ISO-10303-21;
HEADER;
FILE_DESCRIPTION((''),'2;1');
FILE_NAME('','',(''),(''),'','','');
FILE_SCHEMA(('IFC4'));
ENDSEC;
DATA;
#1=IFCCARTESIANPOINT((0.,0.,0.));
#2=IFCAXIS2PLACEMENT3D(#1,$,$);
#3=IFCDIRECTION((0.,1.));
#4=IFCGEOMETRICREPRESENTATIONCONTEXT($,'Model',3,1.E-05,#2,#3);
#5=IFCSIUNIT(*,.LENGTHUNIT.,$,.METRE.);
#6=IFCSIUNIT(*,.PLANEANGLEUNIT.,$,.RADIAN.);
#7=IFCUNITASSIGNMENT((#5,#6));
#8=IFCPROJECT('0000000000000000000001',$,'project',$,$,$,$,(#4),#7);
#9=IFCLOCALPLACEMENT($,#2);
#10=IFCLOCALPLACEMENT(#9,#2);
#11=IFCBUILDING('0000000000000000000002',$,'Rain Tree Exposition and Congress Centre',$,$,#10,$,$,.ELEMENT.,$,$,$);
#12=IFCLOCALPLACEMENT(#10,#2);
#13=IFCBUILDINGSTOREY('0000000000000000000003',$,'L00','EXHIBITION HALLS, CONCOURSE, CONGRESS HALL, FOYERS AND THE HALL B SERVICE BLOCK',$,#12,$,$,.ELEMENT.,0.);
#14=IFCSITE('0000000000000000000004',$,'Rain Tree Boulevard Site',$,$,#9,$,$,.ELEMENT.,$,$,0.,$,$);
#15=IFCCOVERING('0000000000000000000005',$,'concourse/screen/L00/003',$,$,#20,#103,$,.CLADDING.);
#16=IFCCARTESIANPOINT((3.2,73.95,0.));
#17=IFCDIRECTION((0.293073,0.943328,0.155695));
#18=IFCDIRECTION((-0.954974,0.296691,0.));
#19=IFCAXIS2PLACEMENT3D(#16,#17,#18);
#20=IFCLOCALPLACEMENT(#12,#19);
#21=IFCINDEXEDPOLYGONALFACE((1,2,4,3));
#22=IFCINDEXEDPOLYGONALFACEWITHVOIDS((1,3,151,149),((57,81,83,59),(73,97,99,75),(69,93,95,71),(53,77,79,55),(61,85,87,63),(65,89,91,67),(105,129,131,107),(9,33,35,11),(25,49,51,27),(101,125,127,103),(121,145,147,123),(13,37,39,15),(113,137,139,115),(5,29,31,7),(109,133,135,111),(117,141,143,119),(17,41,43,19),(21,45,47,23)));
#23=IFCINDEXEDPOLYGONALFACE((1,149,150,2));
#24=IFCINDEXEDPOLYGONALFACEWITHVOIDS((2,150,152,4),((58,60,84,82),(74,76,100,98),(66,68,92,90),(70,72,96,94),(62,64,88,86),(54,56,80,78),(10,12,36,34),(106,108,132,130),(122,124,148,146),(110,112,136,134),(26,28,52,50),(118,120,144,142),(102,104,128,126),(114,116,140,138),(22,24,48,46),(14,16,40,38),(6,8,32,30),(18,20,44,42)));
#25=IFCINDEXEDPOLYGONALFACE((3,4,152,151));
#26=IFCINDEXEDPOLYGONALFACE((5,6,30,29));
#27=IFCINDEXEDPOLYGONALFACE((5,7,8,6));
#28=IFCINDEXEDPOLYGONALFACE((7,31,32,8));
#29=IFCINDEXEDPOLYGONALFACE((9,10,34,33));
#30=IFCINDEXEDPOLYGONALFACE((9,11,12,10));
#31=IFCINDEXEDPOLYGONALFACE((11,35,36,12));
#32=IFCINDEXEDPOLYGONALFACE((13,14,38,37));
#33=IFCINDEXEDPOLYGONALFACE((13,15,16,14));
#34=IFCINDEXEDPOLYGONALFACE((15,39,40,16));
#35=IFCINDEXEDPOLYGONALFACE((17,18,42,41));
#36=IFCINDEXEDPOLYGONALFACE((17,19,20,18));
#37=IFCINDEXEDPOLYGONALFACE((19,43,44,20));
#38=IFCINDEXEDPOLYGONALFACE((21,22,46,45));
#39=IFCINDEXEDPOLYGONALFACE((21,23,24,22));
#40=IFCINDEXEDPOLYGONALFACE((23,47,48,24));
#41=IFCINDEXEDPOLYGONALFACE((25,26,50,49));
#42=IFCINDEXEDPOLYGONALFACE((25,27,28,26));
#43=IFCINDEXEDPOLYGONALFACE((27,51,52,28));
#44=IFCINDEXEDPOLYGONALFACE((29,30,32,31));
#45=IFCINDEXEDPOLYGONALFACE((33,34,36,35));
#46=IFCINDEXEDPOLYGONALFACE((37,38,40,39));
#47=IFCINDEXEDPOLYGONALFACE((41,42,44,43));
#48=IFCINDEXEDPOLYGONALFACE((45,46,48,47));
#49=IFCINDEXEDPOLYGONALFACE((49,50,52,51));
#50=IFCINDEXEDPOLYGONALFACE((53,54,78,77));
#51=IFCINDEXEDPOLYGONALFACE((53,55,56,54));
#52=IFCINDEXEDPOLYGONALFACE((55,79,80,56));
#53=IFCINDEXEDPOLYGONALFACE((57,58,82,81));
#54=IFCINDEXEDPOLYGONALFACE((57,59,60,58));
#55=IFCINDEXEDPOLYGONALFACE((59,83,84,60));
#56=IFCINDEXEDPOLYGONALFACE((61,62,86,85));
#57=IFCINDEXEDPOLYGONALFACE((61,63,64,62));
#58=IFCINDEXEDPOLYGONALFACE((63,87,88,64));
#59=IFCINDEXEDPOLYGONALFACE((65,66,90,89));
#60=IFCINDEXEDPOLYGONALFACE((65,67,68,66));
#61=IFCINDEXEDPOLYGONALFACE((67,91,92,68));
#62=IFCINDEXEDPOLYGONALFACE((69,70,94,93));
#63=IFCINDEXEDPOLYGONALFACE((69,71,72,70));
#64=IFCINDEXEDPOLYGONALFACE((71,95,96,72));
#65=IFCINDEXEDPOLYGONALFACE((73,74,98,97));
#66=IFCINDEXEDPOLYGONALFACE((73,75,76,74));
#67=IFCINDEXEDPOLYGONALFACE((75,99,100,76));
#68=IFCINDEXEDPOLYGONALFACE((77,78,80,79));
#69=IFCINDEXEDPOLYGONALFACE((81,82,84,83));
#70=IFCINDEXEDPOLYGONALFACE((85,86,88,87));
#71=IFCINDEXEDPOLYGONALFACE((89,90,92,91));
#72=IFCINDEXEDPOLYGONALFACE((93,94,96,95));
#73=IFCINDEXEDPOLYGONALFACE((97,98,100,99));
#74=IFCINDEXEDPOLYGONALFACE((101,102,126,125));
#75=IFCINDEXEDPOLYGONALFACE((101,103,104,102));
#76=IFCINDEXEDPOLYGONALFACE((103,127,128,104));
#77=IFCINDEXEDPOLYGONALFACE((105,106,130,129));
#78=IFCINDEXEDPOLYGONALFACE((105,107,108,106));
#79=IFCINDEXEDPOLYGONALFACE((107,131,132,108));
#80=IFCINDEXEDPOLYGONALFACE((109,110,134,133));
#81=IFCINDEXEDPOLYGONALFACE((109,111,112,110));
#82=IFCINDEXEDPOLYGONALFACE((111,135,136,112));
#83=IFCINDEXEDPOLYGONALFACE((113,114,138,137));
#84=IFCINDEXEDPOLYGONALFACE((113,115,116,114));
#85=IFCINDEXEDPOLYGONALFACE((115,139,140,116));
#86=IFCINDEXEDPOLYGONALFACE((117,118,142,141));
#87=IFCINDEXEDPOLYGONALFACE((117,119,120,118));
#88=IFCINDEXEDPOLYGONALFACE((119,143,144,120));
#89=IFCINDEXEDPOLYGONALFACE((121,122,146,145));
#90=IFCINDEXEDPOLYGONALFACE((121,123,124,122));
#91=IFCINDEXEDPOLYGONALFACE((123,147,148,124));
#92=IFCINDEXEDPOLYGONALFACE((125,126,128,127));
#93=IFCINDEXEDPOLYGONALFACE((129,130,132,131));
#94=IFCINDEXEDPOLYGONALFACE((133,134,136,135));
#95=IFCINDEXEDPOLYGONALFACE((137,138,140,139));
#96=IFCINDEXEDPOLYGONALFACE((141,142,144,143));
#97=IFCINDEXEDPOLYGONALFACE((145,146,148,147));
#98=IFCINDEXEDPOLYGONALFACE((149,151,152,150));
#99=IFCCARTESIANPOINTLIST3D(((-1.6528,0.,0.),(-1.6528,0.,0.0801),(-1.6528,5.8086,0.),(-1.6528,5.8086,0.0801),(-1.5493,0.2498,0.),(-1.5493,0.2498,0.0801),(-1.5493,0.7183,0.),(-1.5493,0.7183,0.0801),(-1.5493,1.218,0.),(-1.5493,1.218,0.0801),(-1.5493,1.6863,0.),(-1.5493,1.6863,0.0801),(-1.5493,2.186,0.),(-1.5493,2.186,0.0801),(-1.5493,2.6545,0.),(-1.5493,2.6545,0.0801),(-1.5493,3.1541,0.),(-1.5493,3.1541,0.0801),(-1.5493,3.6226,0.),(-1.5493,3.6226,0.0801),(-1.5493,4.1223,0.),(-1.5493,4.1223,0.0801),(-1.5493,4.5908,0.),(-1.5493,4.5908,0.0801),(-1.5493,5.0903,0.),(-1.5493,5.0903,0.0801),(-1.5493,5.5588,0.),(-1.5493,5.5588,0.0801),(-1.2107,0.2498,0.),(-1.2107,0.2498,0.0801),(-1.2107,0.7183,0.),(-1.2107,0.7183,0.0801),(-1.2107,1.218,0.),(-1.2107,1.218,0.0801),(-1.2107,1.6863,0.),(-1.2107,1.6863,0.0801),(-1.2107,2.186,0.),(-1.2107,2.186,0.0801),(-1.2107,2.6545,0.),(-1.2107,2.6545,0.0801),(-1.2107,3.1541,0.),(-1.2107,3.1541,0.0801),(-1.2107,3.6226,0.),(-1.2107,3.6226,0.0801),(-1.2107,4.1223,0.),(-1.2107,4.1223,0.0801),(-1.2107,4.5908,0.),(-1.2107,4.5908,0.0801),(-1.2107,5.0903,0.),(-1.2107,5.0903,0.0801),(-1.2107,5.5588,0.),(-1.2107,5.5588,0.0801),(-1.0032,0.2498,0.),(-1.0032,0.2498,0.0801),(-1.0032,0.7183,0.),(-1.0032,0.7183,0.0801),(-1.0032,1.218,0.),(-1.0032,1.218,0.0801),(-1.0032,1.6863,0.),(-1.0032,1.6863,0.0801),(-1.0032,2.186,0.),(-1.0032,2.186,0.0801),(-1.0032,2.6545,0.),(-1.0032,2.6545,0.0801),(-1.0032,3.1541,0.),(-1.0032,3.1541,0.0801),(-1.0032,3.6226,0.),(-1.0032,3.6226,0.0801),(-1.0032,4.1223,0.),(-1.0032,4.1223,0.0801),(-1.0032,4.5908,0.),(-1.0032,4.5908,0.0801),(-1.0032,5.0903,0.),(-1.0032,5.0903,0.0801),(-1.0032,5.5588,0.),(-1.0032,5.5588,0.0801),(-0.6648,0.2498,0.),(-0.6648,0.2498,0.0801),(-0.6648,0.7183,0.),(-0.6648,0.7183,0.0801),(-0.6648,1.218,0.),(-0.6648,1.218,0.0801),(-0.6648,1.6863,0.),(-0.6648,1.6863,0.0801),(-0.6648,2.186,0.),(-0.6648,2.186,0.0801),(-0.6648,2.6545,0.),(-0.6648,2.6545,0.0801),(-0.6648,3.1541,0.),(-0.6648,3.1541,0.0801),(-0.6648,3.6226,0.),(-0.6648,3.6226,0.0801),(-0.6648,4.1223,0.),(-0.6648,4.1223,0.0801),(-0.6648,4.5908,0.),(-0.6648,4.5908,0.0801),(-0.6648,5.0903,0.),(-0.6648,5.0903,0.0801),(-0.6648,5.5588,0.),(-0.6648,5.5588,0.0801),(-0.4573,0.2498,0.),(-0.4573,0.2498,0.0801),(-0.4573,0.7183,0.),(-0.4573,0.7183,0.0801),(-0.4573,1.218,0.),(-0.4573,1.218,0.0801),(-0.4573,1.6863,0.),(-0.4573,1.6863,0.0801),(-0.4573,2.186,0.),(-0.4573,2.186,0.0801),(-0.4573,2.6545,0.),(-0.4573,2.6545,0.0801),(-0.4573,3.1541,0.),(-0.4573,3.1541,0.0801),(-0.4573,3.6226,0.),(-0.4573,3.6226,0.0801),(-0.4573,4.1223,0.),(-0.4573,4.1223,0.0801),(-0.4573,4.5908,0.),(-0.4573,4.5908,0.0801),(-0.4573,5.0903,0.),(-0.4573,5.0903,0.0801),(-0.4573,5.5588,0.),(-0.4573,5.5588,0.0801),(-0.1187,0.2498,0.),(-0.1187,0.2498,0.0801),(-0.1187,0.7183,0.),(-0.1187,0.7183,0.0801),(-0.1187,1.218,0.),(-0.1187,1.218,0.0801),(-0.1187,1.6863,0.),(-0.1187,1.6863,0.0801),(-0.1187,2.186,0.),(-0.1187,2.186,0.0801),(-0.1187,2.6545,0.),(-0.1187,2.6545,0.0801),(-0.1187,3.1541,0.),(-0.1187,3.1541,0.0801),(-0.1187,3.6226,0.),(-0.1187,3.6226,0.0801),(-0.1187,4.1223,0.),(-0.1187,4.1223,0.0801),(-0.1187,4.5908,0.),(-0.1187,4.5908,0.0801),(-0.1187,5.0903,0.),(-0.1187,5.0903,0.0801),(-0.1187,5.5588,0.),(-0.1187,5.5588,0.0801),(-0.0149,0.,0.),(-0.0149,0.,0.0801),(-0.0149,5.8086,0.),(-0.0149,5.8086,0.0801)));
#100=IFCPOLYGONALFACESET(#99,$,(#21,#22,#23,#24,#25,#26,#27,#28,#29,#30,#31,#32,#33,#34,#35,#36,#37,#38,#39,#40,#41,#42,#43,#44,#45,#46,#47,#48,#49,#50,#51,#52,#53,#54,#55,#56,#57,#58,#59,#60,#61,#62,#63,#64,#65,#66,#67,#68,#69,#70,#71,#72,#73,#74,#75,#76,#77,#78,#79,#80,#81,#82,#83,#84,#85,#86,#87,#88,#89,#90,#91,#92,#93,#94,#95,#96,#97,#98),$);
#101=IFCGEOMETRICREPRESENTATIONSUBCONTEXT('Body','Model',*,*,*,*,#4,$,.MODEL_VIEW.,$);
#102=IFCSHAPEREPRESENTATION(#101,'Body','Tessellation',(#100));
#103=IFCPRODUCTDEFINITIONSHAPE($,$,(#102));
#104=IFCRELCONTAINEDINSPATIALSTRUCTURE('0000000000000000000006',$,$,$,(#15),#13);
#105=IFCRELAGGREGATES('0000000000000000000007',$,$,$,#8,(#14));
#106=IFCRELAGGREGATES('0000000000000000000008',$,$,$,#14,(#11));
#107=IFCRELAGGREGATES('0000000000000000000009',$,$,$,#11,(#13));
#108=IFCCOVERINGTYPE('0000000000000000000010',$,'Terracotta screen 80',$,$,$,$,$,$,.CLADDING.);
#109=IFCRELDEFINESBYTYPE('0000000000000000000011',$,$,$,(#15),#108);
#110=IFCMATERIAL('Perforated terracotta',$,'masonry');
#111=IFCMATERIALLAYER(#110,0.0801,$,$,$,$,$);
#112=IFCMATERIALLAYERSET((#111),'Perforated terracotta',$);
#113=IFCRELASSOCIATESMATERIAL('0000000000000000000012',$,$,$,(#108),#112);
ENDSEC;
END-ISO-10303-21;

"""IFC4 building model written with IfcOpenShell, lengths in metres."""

from ifc_helpers import new_model, si_unit, direction, frame, origin, place, context, subcontext, project, spatial, polyline, outline, extrude, material, layer, layer_set, type_object, element, save


model = new_model("IFC4")

# Units and contexts
model_context = context("Model", 3, precision=1e-05, world=origin(), true_north=direction((0.0, 1.0)))
body_context = subcontext(model_context, "Body", "Model", "MODEL_VIEW")
ifc_project = project(units=[si_unit("LENGTHUNIT", "METRE"), si_unit("PLANEANGLEUNIT", "RADIAN")], contexts=[model_context])

# Site, building, storey
site_placement = place(None, origin())
site = spatial("IfcSite", under=ifc_project, at=site_placement, Name="Rain Tree Boulevard Site", CompositionType="ELEMENT", RefElevation=0.0)
building_placement = place(site_placement, origin())
building = spatial("IfcBuilding", under=site, at=building_placement, Name="Rain Tree Exposition and Congress Centre", CompositionType="ELEMENT")
storey_placement = place(building_placement, origin())
storey = spatial("IfcBuildingStorey", under=building, at=storey_placement, Name="L00", Description="EXHIBITION HALLS, CONCOURSE, CONGRESS HALL, FOYERS AND THE HALL B SERVICE BLOCK", CompositionType="ELEMENT", Elevation=0.0)

# Covering
ifc_material_1 = material(Name="Perforated terracotta", Category="masonry")
ifc_layer_1 = layer(ifc_material_1, 0.0801)
ifc_layer_set_1 = layer_set([ifc_layer_1], Name="Perforated terracotta")
covering_type = type_object("IfcCoveringType", Name="Terracotta screen 80", PredefinedType="CLADDING", material=ifc_layer_set_1)
covering_1_placement = place(storey_placement, frame((3.2, 73.95, 0.0), z_axis=(0.293073, 0.943328, 0.155695), x_axis=(-0.954974, 0.296691, 0.0)))
element("IfcCovering", 1, at=covering_1_placement, inside=storey, type_object=covering_type, Name="concourse/screen/L00/003", PredefinedType="CLADDING", context=body_context, shape_type="SweptSolid", body=[
    extrude(outline(polyline([(-0.0149, 0.0), (-1.6528, 0.0), (-1.6528, 5.8086), (-0.0149, 5.8086), (-0.0149, 0.0)]), holes=[polyline([(-0.1187, 0.2498), (-0.1187, 0.7183), (-0.4573, 0.7183), (-0.4573, 0.2498), (-0.1187, 0.2498)]), polyline([(-0.1187, 1.218), (-0.1187, 1.6863), (-0.4573, 1.6863), (-0.4573, 1.218), (-0.1187, 1.218)]), polyline([(-0.1187, 2.186), (-0.1187, 2.6545), (-0.4573, 2.6545), (-0.4573, 2.186), (-0.1187, 2.186)]), polyline([(-0.1187, 3.1541), (-0.1187, 3.6226), (-0.4573, 3.6226), (-0.4573, 3.1541), (-0.1187, 3.1541)]), polyline([(-0.1187, 4.1223), (-0.1187, 4.5908), (-0.4573, 4.5908), (-0.4573, 4.1223), (-0.1187, 4.1223)]), polyline([(-0.1187, 5.0903), (-0.1187, 5.5588), (-0.4573, 5.5588), (-0.4573, 5.0903), (-0.1187, 5.0903)]), polyline([(-0.6648, 0.2498), (-0.6648, 0.7183), (-1.0032, 0.7183), (-1.0032, 0.2498), (-0.6648, 0.2498)]), polyline([(-0.6648, 1.218), (-0.6648, 1.6863), (-1.0032, 1.6863), (-1.0032, 1.218), (-0.6648, 1.218)]), polyline([(-0.6648, 2.186), (-0.6648, 2.6545), (-1.0032, 2.6545), (-1.0032, 2.186), (-0.6648, 2.186)]), polyline([(-0.6648, 3.1541), (-0.6648, 3.6226), (-1.0032, 3.6226), (-1.0032, 3.1541), (-0.6648, 3.1541)]), polyline([(-0.6648, 4.1223), (-0.6648, 4.5908), (-1.0032, 4.5908), (-1.0032, 4.1223), (-0.6648, 4.1223)]), polyline([(-0.6648, 5.0903), (-0.6648, 5.5588), (-1.0032, 5.5588), (-1.0032, 5.0903), (-0.6648, 5.0903)]), polyline([(-1.2107, 0.2498), (-1.2107, 0.7183), (-1.5493, 0.7183), (-1.5493, 0.2498), (-1.2107, 0.2498)]), polyline([(-1.2107, 1.218), (-1.2107, 1.6863), (-1.5493, 1.6863), (-1.5493, 1.218), (-1.2107, 1.218)]), polyline([(-1.2107, 2.186), (-1.2107, 2.6545), (-1.5493, 2.6545), (-1.5493, 2.186), (-1.2107, 2.186)]), polyline([(-1.2107, 3.1541), (-1.2107, 3.6226), (-1.5493, 3.6226), (-1.5493, 3.1541), (-1.2107, 3.1541)]), polyline([(-1.2107, 4.1223), (-1.2107, 4.5908), (-1.5493, 4.5908), (-1.5493, 4.1223), (-1.2107, 4.1223)]), polyline([(-1.2107, 5.0903), (-1.2107, 5.5588), (-1.5493, 5.5588), (-1.5493, 5.0903), (-1.2107, 5.0903)])]), origin(), (0.0, 0.0, 1.0), 0.0801),
])

save(model, "model.ifc")
